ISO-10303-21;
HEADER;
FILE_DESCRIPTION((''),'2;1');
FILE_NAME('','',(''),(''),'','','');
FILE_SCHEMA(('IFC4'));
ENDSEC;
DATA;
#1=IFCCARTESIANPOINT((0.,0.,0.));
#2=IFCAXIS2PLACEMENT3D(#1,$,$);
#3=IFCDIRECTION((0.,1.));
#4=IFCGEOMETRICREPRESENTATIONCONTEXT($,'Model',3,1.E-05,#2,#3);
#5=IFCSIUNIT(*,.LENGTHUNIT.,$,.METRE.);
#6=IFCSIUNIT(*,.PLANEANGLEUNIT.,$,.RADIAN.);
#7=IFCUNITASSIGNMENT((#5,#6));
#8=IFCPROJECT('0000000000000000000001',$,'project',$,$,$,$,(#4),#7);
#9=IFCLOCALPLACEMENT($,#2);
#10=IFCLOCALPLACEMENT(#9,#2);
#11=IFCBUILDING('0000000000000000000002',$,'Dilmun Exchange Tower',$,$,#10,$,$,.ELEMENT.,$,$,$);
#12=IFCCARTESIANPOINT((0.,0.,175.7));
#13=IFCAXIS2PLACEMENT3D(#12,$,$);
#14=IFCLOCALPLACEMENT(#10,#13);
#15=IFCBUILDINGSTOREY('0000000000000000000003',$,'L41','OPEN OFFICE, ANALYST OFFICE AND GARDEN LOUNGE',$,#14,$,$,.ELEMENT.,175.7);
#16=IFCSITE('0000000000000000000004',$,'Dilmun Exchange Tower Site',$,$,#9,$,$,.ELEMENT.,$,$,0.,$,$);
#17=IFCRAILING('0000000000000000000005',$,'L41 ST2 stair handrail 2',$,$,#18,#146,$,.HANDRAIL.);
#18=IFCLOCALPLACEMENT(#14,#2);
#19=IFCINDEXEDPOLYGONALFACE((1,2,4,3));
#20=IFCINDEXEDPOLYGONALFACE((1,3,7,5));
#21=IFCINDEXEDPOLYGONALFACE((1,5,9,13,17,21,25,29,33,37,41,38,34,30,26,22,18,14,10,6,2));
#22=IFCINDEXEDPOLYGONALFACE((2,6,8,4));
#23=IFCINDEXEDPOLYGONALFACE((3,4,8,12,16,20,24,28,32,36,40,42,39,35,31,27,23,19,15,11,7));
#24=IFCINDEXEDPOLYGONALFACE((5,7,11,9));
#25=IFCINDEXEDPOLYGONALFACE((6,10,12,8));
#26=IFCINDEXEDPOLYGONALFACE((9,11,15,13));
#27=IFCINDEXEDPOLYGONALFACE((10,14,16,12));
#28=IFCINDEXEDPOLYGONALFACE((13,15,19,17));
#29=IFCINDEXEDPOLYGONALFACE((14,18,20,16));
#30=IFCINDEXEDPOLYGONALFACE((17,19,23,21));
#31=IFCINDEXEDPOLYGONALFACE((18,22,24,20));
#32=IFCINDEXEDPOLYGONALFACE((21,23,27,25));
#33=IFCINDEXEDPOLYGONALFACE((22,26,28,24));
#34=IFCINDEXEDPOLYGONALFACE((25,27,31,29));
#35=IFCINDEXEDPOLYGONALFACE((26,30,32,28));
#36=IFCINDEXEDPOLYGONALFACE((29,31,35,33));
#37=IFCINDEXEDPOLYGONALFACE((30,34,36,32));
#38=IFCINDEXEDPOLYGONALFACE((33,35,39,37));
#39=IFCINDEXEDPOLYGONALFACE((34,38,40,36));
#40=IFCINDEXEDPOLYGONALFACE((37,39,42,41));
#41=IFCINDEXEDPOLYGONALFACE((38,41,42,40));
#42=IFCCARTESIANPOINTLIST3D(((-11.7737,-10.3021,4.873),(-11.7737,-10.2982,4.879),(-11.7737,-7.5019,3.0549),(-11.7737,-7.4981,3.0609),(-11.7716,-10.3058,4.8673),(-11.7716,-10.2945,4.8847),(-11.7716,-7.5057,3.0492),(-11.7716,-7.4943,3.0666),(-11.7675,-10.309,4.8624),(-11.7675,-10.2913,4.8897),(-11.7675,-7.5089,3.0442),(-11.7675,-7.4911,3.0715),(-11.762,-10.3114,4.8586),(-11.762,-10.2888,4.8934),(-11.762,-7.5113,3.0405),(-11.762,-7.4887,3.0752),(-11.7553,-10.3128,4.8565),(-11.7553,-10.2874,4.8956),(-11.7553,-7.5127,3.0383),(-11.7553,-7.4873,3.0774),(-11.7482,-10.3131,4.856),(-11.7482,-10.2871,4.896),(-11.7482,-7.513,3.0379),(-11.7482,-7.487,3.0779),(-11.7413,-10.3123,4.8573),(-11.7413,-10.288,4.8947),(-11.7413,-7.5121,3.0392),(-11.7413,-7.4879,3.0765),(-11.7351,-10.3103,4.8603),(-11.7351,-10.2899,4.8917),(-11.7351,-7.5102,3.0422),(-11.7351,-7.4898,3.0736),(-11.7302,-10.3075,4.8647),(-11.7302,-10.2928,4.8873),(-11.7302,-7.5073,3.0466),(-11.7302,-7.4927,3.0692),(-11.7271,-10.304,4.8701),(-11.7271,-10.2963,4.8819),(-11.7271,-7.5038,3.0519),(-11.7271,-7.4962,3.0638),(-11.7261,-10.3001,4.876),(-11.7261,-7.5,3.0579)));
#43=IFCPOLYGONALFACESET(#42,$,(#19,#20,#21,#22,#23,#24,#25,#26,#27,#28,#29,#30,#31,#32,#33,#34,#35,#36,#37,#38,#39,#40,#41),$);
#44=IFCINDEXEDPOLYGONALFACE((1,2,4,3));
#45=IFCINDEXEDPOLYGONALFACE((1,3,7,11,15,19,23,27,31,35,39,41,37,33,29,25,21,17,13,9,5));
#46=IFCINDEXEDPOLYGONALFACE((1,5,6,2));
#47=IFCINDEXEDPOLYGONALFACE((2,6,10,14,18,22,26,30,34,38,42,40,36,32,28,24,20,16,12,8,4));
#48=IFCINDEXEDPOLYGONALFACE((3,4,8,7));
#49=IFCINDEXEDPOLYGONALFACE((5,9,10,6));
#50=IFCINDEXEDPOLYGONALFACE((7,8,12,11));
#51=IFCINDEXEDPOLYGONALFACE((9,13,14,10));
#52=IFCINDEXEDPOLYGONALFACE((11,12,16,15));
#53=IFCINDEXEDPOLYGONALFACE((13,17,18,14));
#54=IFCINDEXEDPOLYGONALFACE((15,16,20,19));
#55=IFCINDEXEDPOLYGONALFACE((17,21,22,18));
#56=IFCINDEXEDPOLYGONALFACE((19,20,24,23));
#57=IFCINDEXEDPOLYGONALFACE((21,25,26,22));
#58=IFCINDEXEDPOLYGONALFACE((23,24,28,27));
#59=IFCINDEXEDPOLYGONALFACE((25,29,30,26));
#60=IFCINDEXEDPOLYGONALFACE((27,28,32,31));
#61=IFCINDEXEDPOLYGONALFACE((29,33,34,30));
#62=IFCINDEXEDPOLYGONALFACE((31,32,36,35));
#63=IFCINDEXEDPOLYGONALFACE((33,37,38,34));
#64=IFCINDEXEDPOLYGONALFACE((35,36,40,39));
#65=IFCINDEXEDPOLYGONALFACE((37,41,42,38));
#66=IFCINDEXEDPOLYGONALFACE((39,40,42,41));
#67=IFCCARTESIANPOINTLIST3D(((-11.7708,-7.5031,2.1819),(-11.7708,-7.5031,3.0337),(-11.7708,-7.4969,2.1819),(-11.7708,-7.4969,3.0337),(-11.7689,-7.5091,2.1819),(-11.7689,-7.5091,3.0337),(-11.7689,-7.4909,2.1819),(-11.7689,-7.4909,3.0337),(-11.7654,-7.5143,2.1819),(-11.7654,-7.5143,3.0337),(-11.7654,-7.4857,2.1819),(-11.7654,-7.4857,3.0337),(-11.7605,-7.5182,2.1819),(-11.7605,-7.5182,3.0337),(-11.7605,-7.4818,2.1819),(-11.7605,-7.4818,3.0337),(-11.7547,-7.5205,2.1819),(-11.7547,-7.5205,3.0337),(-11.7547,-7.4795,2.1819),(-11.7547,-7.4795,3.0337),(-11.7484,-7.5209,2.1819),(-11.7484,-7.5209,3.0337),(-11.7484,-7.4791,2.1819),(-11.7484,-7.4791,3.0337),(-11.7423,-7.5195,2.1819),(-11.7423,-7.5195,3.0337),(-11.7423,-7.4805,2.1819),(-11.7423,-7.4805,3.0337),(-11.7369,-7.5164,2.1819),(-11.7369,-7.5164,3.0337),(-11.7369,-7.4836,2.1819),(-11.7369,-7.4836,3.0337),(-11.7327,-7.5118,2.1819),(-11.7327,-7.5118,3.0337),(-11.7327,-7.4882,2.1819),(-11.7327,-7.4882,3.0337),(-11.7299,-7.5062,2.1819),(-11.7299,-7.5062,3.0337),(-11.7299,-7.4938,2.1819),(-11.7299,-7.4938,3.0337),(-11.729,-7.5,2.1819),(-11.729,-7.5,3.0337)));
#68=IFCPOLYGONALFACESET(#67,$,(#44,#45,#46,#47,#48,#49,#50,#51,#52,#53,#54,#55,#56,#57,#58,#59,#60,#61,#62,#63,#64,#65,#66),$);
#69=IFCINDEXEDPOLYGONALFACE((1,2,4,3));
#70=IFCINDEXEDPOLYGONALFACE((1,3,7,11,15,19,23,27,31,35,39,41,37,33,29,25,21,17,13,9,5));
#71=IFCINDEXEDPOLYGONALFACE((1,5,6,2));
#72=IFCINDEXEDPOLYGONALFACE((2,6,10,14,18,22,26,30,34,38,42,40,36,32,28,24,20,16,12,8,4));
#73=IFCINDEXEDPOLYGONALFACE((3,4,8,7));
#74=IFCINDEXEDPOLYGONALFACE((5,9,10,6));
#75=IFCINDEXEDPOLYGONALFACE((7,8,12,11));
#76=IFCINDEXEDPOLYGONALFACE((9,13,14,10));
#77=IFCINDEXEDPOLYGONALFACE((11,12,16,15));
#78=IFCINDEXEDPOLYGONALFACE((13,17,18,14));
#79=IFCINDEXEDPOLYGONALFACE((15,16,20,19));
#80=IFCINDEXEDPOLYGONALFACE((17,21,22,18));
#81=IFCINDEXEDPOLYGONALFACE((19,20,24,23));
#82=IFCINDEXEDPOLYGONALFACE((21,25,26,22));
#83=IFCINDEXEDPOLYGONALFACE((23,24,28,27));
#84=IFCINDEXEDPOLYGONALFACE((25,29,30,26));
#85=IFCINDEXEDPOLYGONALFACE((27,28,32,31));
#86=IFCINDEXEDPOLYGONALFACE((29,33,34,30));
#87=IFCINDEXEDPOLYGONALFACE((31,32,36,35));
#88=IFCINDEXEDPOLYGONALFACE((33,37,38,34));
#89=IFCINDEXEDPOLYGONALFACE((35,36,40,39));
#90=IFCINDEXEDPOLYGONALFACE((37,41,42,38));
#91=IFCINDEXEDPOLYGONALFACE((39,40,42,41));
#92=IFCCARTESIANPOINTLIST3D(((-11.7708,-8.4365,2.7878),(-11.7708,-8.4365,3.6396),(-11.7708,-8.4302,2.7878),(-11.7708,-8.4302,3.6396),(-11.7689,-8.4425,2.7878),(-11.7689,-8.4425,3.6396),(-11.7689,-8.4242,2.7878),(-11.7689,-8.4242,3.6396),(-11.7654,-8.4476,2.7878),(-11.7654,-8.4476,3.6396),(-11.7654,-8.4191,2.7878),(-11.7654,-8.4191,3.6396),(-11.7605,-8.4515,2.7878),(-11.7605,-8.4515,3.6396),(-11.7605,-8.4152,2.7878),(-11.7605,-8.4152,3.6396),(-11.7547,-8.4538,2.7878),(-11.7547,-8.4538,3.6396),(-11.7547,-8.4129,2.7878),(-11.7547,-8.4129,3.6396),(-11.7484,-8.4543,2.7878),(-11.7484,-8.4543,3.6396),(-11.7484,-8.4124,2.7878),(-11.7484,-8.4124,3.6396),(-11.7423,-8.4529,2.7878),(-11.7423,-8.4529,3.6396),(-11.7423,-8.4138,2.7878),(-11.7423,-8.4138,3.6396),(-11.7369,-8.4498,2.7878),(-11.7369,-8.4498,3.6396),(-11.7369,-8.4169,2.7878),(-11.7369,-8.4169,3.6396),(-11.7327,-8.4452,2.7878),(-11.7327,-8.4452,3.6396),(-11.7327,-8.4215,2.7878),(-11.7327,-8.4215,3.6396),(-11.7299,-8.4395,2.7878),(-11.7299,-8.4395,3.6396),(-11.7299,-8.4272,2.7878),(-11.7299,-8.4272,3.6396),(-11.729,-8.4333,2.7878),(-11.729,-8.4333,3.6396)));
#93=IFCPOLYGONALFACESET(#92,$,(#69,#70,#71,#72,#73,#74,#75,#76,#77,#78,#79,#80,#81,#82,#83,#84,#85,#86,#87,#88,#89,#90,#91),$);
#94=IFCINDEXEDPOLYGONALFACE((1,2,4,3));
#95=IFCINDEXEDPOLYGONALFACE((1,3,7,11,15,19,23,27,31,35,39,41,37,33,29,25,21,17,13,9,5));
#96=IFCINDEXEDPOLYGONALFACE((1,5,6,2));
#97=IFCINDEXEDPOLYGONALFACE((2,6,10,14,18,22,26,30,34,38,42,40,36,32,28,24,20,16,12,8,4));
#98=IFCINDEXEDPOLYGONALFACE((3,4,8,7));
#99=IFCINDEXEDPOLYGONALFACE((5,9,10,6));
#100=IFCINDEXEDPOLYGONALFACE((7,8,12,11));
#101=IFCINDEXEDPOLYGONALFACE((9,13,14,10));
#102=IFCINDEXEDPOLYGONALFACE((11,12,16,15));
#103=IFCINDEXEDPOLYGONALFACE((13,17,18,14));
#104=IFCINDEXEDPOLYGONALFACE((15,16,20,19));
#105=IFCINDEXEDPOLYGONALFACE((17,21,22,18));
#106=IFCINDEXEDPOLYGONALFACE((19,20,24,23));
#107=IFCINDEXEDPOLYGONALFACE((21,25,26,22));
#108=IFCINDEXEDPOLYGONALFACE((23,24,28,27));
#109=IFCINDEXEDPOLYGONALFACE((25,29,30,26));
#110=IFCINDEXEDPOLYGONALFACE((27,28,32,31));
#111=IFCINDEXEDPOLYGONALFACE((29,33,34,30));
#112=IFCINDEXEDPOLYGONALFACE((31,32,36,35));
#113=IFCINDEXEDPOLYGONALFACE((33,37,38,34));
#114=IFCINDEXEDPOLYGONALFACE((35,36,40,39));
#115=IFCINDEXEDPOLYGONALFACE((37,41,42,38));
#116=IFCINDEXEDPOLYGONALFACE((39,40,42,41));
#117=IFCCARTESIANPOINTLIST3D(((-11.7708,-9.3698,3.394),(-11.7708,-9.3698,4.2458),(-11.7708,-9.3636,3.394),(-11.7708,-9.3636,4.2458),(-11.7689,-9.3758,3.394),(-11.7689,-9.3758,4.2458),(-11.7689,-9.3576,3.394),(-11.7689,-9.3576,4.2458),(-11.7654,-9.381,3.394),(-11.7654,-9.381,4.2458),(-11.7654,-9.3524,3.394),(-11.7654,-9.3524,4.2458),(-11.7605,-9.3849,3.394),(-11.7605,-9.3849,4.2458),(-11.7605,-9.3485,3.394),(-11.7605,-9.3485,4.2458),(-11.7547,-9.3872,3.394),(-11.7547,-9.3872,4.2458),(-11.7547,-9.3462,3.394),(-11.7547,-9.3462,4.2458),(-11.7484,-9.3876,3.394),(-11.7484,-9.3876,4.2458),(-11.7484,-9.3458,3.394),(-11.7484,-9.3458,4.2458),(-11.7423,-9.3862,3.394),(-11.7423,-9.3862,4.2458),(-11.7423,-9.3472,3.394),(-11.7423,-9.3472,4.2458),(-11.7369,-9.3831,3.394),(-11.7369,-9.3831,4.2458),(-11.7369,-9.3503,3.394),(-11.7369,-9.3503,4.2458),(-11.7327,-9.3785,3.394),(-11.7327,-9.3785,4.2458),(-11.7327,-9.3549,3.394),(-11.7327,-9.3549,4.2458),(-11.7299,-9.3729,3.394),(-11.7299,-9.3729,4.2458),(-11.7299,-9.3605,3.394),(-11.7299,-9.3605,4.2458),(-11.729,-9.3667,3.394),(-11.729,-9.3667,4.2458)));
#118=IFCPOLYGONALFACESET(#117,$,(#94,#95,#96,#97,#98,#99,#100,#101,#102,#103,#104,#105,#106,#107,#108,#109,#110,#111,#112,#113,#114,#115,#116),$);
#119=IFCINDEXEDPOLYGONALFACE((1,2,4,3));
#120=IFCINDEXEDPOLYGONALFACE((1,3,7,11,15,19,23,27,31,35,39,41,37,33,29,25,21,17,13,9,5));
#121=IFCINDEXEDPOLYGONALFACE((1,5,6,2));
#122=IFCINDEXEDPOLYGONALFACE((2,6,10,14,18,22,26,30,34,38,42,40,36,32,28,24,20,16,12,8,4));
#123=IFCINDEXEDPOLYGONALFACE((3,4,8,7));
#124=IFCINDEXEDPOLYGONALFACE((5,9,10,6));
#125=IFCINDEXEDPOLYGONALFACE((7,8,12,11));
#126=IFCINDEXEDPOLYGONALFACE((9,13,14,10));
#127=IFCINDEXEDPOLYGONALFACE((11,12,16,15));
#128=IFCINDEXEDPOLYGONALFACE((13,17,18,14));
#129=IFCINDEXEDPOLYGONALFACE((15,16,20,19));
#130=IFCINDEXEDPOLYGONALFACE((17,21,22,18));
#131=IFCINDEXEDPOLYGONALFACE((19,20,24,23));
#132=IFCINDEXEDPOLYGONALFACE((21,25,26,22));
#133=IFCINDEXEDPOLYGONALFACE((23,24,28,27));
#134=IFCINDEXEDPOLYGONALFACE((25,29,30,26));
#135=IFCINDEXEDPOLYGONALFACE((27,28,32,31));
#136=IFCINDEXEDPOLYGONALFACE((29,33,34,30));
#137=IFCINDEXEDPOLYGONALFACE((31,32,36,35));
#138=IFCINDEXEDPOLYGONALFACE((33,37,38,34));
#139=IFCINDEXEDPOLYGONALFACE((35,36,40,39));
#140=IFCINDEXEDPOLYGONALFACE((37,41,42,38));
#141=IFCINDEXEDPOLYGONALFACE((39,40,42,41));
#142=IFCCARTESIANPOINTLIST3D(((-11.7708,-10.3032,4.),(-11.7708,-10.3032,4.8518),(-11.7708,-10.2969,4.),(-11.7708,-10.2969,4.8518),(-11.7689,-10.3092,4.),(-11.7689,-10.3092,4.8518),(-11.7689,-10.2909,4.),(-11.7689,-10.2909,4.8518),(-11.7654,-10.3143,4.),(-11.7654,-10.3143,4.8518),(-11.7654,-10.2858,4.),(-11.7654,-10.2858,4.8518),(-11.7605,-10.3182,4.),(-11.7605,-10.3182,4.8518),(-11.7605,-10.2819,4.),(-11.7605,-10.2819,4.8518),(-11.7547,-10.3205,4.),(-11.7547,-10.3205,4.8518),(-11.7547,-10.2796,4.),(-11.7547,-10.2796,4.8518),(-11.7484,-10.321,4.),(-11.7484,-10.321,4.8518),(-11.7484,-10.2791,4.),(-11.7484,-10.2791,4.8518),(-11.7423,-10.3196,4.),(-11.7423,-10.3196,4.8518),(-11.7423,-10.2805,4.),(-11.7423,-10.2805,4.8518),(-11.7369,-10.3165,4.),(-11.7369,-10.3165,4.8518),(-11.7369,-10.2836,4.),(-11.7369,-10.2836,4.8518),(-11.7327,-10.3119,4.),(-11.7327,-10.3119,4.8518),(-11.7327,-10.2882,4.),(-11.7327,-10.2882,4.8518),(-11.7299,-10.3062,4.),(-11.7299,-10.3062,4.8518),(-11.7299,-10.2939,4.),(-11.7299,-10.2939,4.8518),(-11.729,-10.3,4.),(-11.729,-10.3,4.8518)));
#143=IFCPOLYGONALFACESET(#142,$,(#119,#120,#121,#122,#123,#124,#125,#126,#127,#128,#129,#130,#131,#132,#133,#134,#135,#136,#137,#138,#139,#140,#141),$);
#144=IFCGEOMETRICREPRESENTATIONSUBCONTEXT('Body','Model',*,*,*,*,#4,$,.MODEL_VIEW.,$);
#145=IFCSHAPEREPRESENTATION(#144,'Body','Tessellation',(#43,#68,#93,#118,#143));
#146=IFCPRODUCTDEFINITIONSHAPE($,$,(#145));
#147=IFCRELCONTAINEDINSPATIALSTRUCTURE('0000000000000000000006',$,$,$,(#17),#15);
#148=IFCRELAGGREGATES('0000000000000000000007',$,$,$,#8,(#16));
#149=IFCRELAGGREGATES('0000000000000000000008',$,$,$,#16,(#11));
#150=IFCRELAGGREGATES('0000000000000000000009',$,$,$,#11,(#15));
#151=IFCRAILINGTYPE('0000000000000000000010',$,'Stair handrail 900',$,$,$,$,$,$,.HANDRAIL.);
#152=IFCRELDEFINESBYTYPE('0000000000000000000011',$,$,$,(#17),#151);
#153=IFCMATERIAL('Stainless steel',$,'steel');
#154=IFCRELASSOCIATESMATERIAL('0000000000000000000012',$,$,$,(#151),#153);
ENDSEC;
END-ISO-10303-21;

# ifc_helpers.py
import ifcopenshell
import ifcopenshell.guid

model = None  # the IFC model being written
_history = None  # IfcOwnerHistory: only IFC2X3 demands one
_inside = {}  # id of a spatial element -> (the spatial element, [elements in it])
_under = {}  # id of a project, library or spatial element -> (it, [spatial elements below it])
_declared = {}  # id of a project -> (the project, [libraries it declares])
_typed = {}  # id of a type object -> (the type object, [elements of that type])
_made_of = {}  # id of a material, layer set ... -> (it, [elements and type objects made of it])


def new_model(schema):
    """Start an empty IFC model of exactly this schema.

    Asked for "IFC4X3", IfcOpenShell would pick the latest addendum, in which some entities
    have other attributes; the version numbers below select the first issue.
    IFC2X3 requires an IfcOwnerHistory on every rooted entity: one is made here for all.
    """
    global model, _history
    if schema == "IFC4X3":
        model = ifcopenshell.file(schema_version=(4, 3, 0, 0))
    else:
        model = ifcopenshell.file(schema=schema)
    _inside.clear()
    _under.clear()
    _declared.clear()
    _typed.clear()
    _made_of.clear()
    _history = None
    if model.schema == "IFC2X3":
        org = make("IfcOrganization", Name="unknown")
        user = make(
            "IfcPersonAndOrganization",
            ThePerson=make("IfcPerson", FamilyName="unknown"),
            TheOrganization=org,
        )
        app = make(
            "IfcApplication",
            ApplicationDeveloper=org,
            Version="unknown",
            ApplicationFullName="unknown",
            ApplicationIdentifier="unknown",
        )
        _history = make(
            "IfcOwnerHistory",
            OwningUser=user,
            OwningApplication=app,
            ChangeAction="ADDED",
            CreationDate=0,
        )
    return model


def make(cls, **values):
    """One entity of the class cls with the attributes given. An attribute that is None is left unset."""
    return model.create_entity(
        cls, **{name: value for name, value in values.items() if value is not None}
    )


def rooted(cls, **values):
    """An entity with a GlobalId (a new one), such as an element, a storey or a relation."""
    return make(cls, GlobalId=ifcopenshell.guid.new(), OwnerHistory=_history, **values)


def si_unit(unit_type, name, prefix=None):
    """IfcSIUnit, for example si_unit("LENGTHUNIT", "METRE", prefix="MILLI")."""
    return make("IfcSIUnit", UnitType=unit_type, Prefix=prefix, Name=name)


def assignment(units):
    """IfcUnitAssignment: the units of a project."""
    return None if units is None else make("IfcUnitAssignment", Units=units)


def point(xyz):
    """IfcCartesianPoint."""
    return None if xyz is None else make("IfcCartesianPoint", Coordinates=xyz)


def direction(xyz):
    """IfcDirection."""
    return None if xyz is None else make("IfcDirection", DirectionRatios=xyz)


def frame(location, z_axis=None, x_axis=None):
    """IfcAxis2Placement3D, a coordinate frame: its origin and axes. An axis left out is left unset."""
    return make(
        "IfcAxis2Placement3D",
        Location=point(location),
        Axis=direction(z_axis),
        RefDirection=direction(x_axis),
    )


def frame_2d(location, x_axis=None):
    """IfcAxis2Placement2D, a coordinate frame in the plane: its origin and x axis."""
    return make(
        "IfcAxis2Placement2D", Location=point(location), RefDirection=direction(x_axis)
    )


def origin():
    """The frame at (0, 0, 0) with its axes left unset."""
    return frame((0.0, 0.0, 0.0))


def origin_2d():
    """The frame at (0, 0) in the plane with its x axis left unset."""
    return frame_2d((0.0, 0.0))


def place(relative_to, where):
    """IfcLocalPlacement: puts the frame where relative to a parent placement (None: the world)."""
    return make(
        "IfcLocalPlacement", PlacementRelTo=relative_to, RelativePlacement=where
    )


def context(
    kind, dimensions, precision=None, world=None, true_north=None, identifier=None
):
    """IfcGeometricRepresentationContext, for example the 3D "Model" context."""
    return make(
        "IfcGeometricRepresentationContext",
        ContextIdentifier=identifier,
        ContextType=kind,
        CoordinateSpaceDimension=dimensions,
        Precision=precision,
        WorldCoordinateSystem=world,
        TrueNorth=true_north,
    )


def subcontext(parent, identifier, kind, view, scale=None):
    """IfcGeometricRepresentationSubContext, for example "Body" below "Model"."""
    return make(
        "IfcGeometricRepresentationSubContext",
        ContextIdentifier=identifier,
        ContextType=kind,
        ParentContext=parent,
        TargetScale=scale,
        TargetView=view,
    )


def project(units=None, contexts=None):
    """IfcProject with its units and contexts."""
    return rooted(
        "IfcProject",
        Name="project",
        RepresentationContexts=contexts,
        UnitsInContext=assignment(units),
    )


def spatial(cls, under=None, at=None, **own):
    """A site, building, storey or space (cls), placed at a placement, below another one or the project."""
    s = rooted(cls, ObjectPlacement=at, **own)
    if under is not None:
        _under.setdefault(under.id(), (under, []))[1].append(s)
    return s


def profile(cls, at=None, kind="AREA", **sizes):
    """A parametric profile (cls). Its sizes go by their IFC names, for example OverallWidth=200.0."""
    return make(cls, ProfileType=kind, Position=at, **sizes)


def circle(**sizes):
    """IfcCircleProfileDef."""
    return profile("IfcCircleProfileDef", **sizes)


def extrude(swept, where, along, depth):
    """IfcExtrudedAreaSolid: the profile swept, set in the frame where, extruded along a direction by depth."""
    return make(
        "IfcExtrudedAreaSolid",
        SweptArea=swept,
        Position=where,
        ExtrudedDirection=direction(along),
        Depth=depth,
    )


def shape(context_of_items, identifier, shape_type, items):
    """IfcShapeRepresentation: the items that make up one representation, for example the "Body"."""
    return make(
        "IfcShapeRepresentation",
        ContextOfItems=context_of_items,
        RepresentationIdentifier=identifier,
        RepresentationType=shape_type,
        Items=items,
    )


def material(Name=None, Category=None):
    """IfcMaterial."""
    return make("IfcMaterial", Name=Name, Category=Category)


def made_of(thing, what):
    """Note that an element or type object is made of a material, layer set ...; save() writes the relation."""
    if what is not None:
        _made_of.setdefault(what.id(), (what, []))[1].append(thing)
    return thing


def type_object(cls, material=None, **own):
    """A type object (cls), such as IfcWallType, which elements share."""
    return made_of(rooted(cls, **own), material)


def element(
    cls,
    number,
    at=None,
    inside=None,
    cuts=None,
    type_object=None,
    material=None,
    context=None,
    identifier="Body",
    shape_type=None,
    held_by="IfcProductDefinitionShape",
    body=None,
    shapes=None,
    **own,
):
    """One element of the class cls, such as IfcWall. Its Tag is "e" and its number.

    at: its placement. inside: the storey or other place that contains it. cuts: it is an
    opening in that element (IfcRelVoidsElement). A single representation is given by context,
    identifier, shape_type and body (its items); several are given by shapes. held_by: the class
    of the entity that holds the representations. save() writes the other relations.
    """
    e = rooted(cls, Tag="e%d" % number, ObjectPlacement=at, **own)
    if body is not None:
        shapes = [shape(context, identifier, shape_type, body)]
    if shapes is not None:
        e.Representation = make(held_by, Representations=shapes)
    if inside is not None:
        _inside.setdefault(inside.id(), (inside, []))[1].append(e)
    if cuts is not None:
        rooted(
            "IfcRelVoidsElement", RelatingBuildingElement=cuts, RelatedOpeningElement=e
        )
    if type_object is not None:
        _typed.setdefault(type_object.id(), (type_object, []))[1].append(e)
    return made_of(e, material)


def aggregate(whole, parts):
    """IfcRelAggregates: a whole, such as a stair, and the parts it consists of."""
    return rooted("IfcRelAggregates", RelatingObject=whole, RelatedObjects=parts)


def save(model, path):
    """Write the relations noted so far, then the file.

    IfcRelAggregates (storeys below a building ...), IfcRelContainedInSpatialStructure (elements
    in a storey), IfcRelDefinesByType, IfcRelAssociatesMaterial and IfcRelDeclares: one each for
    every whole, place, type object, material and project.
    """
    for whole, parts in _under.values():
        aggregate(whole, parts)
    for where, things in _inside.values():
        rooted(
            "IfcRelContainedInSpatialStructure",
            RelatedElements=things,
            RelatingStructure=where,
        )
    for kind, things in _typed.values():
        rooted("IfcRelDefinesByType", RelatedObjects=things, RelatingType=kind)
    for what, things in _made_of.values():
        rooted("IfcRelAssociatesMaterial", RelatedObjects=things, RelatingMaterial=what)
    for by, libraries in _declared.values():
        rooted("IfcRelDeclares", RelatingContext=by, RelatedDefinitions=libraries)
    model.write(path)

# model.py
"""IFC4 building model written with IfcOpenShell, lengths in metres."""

from ifc_helpers import new_model, si_unit, direction, frame, origin, origin_2d, place, context, subcontext, project, spatial, circle, extrude, material, type_object, element, save


model = new_model("IFC4")

# Units and contexts
model_context = context("Model", 3, precision=1e-05, world=origin(), true_north=direction((0.0, 1.0)))
body_context = subcontext(model_context, "Body", "Model", "MODEL_VIEW")
ifc_project = project(units=[si_unit("LENGTHUNIT", "METRE"), si_unit("PLANEANGLEUNIT", "RADIAN")], contexts=[model_context])

# Site, building, storey
site_placement = place(None, origin())
site = spatial("IfcSite", under=ifc_project, at=site_placement, Name="Dilmun Exchange Tower Site", CompositionType="ELEMENT", RefElevation=0.0)
building_placement = place(site_placement, origin())
building = spatial("IfcBuilding", under=site, at=building_placement, Name="Dilmun Exchange Tower", CompositionType="ELEMENT")
storey_placement = place(building_placement, frame((0.0, 0.0, 175.7)))
storey = spatial("IfcBuildingStorey", under=building, at=storey_placement, Name="L41", Description="OPEN OFFICE, ANALYST OFFICE AND GARDEN LOUNGE", CompositionType="ELEMENT", Elevation=175.7)

# Railing
ifc_material_1 = material(Name="Stainless steel", Category="steel")
railing_type = type_object("IfcRailingType", Name="Stair handrail 900", PredefinedType="HANDRAIL", material=ifc_material_1)
railing_placement = place(storey_placement, frame((-11.75, -7.5, 2.1819)))
element("IfcRailing", 1, at=railing_placement, inside=storey, type_object=railing_type, Name="L41 ST2 stair handrail 2", PredefinedType="HANDRAIL", context=body_context, shape_type="SweptSolid", body=[
    extrude(circle(Radius=0.0239, at=origin_2d()), frame((0.0, 0.0, 0.876), z_axis=(0.0, -0.838706, 0.544585), x_axis=(1.0, 0.0, 0.0)), (0.0, 0.0, 1.0), 3.3386),
    extrude(circle(Radius=0.021, at=origin_2d()), origin(), (0.0, 0.0, 1.0), 0.8518),
    extrude(circle(Radius=0.021, at=origin_2d()), frame((0.0, -0.9333, 0.606)), (0.0, 0.0, 1.0), 0.8518),
    extrude(circle(Radius=0.021, at=origin_2d()), frame((0.0, -1.8667, 1.2122)), (0.0, 0.0, 1.0), 0.8518),
    extrude(circle(Radius=0.021, at=origin_2d()), frame((0.0, -2.8, 1.8181)), (0.0, 0.0, 1.0), 0.8518),
])

save(model, "model.ifc")
